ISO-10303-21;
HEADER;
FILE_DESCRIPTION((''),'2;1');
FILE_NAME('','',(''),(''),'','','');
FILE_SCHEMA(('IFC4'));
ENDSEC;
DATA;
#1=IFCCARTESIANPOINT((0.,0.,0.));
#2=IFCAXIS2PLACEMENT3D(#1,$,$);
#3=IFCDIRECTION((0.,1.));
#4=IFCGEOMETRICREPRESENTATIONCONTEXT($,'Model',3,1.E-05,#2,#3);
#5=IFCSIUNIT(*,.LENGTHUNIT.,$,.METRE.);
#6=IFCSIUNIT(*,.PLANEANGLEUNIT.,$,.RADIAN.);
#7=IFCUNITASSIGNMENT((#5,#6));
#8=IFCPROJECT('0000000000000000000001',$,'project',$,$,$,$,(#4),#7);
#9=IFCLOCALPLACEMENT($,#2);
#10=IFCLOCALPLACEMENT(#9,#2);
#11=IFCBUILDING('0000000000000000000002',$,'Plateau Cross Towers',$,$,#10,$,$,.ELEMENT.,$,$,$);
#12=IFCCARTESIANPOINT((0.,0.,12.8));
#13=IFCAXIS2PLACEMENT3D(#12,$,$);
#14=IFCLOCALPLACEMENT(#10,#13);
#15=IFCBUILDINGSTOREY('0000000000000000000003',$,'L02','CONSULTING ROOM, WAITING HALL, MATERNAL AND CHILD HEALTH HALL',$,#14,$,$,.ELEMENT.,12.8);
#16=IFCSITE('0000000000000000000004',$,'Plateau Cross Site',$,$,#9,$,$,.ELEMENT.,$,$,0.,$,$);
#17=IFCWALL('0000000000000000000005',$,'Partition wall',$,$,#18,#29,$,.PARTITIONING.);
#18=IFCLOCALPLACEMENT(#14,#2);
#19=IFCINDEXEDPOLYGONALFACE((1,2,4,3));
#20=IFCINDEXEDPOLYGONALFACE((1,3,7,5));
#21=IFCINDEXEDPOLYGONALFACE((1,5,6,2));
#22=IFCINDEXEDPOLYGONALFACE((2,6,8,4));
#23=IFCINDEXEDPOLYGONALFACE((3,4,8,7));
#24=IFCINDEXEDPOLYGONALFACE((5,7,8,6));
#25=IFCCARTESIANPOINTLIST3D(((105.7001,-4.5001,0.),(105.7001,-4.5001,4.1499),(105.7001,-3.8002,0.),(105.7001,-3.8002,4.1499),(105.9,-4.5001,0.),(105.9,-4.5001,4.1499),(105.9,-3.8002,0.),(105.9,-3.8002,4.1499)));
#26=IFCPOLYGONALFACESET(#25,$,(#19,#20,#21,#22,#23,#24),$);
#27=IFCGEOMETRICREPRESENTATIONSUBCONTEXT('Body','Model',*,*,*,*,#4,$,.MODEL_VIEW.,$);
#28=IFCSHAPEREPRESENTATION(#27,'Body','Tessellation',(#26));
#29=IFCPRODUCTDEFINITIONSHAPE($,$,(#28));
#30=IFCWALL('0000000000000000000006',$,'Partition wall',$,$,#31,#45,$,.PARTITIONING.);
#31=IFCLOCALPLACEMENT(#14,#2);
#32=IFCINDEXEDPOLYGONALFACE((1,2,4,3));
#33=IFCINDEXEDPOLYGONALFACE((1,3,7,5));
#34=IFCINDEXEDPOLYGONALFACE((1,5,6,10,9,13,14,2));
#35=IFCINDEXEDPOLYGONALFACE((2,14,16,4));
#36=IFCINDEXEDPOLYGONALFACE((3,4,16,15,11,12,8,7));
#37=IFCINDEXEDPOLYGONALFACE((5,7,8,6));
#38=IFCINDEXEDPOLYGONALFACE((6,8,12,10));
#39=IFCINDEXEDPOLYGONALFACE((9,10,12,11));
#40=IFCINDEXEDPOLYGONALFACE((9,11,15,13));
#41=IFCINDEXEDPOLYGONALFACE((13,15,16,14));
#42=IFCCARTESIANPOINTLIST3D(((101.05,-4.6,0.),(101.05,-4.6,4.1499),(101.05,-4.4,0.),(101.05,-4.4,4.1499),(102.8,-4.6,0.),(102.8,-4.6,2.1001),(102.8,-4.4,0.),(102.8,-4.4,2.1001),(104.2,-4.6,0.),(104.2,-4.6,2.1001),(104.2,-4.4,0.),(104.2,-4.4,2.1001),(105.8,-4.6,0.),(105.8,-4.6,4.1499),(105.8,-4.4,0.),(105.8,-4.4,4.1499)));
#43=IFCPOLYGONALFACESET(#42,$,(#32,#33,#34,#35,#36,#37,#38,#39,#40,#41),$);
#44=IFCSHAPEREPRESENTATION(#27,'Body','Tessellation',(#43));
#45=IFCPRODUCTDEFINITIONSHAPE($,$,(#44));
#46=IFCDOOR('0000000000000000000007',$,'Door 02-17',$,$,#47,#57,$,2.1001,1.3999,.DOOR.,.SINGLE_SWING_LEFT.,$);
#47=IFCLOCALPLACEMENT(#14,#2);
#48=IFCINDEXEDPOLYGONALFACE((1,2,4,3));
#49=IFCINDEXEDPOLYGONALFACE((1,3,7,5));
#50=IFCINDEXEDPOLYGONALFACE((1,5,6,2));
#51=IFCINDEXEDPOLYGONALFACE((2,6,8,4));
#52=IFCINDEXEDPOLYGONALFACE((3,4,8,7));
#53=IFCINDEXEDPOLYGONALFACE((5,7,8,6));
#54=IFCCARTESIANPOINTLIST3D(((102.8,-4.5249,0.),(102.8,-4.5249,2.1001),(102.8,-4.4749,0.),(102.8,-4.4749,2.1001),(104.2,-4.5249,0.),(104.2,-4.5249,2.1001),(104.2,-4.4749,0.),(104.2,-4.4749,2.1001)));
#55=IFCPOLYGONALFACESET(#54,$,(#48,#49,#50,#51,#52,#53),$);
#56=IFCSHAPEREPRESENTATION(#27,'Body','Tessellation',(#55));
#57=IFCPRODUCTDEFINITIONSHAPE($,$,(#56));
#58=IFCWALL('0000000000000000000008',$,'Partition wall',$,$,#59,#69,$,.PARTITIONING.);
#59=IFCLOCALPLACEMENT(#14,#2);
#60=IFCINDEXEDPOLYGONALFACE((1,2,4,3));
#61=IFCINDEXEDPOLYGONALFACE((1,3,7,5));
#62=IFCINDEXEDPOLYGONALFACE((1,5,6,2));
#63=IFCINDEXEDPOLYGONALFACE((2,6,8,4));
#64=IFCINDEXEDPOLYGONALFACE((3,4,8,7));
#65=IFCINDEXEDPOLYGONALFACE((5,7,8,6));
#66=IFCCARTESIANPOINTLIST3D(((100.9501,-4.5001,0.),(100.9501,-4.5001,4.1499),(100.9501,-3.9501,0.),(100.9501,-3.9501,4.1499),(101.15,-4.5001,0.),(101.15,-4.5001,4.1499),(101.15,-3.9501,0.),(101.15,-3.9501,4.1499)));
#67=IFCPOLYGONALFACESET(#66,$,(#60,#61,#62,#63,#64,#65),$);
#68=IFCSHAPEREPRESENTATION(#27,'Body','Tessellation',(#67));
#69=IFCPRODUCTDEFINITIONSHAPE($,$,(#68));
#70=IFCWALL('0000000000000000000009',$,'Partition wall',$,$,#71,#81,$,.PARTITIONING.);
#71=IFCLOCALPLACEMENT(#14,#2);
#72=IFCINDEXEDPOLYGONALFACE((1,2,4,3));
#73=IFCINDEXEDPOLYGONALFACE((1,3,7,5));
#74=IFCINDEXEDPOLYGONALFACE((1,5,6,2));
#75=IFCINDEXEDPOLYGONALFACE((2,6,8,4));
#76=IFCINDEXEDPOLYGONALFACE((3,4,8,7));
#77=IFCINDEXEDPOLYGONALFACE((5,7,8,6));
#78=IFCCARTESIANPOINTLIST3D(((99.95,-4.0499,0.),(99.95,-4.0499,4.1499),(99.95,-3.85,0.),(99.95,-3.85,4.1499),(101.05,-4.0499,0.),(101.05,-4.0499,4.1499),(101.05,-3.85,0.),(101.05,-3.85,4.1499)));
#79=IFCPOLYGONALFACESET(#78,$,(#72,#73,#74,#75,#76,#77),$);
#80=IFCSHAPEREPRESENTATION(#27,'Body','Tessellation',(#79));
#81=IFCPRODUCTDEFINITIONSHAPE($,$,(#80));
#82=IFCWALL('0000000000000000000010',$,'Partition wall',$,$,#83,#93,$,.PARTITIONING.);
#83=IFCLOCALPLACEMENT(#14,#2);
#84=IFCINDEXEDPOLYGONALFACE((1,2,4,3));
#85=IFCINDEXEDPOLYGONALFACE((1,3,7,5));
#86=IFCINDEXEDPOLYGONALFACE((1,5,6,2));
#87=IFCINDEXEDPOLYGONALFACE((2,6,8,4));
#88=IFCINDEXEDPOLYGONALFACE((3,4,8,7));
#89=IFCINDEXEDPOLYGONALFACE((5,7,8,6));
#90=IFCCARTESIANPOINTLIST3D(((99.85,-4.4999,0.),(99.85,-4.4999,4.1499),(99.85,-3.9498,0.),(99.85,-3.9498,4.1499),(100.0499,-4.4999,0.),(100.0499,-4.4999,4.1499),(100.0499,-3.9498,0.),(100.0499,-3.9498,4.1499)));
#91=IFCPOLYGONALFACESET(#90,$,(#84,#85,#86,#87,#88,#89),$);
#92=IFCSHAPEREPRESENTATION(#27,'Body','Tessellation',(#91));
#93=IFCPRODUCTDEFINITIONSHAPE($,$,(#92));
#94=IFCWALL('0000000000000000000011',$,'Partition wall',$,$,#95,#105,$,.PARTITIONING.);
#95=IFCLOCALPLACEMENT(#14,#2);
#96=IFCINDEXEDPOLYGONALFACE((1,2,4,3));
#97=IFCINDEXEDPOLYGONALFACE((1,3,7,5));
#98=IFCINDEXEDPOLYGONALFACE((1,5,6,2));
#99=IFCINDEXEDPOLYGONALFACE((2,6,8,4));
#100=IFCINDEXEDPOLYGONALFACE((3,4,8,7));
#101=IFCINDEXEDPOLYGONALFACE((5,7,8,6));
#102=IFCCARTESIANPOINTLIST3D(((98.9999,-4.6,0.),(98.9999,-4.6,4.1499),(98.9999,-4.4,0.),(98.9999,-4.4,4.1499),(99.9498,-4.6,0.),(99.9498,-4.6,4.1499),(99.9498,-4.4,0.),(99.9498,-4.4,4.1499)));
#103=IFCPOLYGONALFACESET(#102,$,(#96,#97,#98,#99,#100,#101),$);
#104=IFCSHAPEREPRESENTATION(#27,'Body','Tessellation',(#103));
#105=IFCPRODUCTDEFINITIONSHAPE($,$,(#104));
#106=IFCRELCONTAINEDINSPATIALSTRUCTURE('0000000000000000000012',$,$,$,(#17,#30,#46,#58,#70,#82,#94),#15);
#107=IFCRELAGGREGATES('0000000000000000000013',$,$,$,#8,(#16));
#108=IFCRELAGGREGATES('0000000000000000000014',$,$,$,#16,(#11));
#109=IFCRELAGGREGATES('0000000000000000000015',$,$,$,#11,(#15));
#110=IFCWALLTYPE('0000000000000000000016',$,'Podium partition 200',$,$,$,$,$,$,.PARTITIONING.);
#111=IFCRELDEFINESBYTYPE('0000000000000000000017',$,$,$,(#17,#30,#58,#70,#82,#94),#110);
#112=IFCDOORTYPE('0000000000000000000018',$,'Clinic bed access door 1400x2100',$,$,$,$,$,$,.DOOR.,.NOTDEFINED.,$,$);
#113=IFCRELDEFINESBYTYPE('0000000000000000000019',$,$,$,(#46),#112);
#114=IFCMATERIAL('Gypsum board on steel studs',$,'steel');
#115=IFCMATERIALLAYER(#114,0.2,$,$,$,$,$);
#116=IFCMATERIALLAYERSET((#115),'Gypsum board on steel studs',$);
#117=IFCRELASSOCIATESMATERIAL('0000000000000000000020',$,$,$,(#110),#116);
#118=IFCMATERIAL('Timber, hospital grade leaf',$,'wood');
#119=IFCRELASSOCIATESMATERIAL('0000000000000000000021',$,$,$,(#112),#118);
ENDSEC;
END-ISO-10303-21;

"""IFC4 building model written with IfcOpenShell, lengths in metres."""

from ifc_helpers import new_model, si_unit, direction, frame, frame_2d, origin, place, context, subcontext, project, spatial, rectangle, extrude, material, layer, layer_set, type_object, element, fill, save


model = new_model("IFC4")

# Units and contexts
model_context = context("Model", 3, precision=1e-05, world=origin(), true_north=direction((0.0, 1.0)))
body_context = subcontext(model_context, "Body", "Model", "MODEL_VIEW")
ifc_project = project(units=[si_unit("LENGTHUNIT", "METRE"), si_unit("PLANEANGLEUNIT", "RADIAN")], contexts=[model_context])

# Site, building, storey
site_placement = place(None, origin())
site = spatial("IfcSite", under=ifc_project, at=site_placement, Name="Plateau Cross Site", CompositionType="ELEMENT", RefElevation=0.0)
building_placement = place(site_placement, origin())
building = spatial("IfcBuilding", under=site, at=building_placement, Name="Plateau Cross Towers", CompositionType="ELEMENT")
storey_placement = place(building_placement, frame((0.0, 0.0, 12.8)))
storey = spatial("IfcBuildingStorey", under=building, at=storey_placement, Name="L02", Description="CONSULTING ROOM, WAITING HALL, MATERNAL AND CHILD HEALTH HALL", CompositionType="ELEMENT", Elevation=12.8)

# Shared definitions
ifc_material_1 = material(Name="Gypsum board on steel studs", Category="steel")
ifc_layer_1 = layer(ifc_material_1, 0.2)
ifc_layer_set_1 = layer_set([ifc_layer_1], Name="Gypsum board on steel studs")
wall_type = type_object("IfcWallType", Name="Podium partition 200", PredefinedType="PARTITIONING", material=ifc_layer_set_1)

# Shared definitions
ifc_material_2 = material(Name="Timber, hospital grade leaf", Category="wood")
door_type = type_object("IfcDoorType", Name="Clinic bed access door 1400x2100", OperationType="NOTDEFINED", PredefinedType="DOOR", material=ifc_material_2)

# Wall
wall_1_placement = place(storey_placement, frame((105.8, -3.8, 0.0), z_axis=(0.0, 0.0, 1.0), x_axis=(0.0, -1.0, 0.0)))
element("IfcWall", 1, at=wall_1_placement, inside=storey, type_object=wall_type, Name="Partition wall", PredefinedType="PARTITIONING", context=body_context, shape_type="SweptSolid", body=[
    extrude(rectangle(XDim=0.7, YDim=0.2, at=frame_2d((0.3501, 0.0))), origin(), (0.0, 0.0, 1.0), 4.1499),
])

# Wall, opening, door
wall_2_placement = place(storey_placement, frame((105.8, -4.5, 0.0), z_axis=(0.0, 0.0, 1.0), x_axis=(-1.0, 0.0, 0.0)))
wall_2 = element("IfcWall", 2, at=wall_2_placement, inside=storey, type_object=wall_type, Name="Partition wall", PredefinedType="PARTITIONING", context=body_context, shape_type="SweptSolid", body=[
    extrude(rectangle(XDim=4.75, YDim=0.2, at=frame_2d((2.375, 0.0))), origin(), (0.0, 0.0, 1.0), 4.1499),
])
opening_1_placement = place(wall_2_placement, frame((1.6001, 0.0, 0.0)))
opening_1 = element("IfcOpeningElement", 3, at=opening_1_placement, cuts=wall_2, PredefinedType="OPENING", context=body_context, shape_type="SweptSolid", body=[
    extrude(rectangle(XDim=1.3999, YDim=2.1001, at=frame_2d((0.7, 1.05))), frame((0.0, 0.1099, 0.0), z_axis=(0.0, -1.0, 0.0), x_axis=(1.0, 0.0, 0.0)), (0.0, 0.0, 1.0), 0.22),
])
door_1_placement = place(opening_1_placement, origin())
door_1 = element("IfcDoor", 4, at=door_1_placement, inside=storey, type_object=door_type, Name="Door 02-17", OperationType="SINGLE_SWING_LEFT", OverallHeight=2.1001, OverallWidth=1.3999, PredefinedType="DOOR", context=body_context, shape_type="SweptSolid", body=[
    extrude(rectangle(XDim=1.3999, YDim=2.1001, at=frame_2d((0.7, 1.05))), frame((0.0, 0.0249, 0.0), z_axis=(0.0, -1.0, 0.0), x_axis=(1.0, 0.0, 0.0)), (0.0, 0.0, 1.0), 0.05),
])
fill(opening_1, door_1)

# Walls
wall_3_placement = place(storey_placement, frame((101.05, -4.5, 0.0), z_axis=(0.0, 0.0, 1.0), x_axis=(0.0, 1.0, 0.0)))
element("IfcWall", 5, at=wall_3_placement, inside=storey, type_object=wall_type, Name="Partition wall", PredefinedType="PARTITIONING", context=body_context, shape_type="SweptSolid", body=[
    extrude(rectangle(XDim=0.55, YDim=0.2, at=frame_2d((0.2749, 0.0))), origin(), (0.0, 0.0, 1.0), 4.1499),
])
wall_4_placement = place(storey_placement, frame((101.05, -3.95, 0.0), z_axis=(0.0, 0.0, 1.0), x_axis=(-1.0, 0.0, 0.0)))
element("IfcWall", 6, at=wall_4_placement, inside=storey, type_object=wall_type, Name="Partition wall", PredefinedType="PARTITIONING", context=body_context, shape_type="SweptSolid", body=[
    extrude(rectangle(XDim=1.1001, YDim=0.2, at=frame_2d((0.55, 0.0))), origin(), (0.0, 0.0, 1.0), 4.1499),
])
wall_5_placement = place(storey_placement, frame((99.95, -3.95, 0.0), z_axis=(0.0, 0.0, 1.0), x_axis=(0.0, -1.0, 0.0)))
element("IfcWall", 7, at=wall_5_placement, inside=storey, type_object=wall_type, Name="Partition wall", PredefinedType="PARTITIONING", context=body_context, shape_type="SweptSolid", body=[
    extrude(rectangle(XDim=0.55, YDim=0.2, at=frame_2d((0.2749, 0.0))), origin(), (0.0, 0.0, 1.0), 4.1499),
])
wall_6_placement = place(storey_placement, frame((99.95, -4.5, 0.0), z_axis=(0.0, 0.0, 1.0), x_axis=(-1.0, 0.0, 0.0)))
element("IfcWall", 8, at=wall_6_placement, inside=storey, type_object=wall_type, Name="Partition wall", PredefinedType="PARTITIONING", context=body_context, shape_type="SweptSolid", body=[
    extrude(rectangle(XDim=0.95, YDim=0.2, at=frame_2d((0.4751, 0.0))), origin(), (0.0, 0.0, 1.0), 4.1499),
])

save(model, "model.ifc")
